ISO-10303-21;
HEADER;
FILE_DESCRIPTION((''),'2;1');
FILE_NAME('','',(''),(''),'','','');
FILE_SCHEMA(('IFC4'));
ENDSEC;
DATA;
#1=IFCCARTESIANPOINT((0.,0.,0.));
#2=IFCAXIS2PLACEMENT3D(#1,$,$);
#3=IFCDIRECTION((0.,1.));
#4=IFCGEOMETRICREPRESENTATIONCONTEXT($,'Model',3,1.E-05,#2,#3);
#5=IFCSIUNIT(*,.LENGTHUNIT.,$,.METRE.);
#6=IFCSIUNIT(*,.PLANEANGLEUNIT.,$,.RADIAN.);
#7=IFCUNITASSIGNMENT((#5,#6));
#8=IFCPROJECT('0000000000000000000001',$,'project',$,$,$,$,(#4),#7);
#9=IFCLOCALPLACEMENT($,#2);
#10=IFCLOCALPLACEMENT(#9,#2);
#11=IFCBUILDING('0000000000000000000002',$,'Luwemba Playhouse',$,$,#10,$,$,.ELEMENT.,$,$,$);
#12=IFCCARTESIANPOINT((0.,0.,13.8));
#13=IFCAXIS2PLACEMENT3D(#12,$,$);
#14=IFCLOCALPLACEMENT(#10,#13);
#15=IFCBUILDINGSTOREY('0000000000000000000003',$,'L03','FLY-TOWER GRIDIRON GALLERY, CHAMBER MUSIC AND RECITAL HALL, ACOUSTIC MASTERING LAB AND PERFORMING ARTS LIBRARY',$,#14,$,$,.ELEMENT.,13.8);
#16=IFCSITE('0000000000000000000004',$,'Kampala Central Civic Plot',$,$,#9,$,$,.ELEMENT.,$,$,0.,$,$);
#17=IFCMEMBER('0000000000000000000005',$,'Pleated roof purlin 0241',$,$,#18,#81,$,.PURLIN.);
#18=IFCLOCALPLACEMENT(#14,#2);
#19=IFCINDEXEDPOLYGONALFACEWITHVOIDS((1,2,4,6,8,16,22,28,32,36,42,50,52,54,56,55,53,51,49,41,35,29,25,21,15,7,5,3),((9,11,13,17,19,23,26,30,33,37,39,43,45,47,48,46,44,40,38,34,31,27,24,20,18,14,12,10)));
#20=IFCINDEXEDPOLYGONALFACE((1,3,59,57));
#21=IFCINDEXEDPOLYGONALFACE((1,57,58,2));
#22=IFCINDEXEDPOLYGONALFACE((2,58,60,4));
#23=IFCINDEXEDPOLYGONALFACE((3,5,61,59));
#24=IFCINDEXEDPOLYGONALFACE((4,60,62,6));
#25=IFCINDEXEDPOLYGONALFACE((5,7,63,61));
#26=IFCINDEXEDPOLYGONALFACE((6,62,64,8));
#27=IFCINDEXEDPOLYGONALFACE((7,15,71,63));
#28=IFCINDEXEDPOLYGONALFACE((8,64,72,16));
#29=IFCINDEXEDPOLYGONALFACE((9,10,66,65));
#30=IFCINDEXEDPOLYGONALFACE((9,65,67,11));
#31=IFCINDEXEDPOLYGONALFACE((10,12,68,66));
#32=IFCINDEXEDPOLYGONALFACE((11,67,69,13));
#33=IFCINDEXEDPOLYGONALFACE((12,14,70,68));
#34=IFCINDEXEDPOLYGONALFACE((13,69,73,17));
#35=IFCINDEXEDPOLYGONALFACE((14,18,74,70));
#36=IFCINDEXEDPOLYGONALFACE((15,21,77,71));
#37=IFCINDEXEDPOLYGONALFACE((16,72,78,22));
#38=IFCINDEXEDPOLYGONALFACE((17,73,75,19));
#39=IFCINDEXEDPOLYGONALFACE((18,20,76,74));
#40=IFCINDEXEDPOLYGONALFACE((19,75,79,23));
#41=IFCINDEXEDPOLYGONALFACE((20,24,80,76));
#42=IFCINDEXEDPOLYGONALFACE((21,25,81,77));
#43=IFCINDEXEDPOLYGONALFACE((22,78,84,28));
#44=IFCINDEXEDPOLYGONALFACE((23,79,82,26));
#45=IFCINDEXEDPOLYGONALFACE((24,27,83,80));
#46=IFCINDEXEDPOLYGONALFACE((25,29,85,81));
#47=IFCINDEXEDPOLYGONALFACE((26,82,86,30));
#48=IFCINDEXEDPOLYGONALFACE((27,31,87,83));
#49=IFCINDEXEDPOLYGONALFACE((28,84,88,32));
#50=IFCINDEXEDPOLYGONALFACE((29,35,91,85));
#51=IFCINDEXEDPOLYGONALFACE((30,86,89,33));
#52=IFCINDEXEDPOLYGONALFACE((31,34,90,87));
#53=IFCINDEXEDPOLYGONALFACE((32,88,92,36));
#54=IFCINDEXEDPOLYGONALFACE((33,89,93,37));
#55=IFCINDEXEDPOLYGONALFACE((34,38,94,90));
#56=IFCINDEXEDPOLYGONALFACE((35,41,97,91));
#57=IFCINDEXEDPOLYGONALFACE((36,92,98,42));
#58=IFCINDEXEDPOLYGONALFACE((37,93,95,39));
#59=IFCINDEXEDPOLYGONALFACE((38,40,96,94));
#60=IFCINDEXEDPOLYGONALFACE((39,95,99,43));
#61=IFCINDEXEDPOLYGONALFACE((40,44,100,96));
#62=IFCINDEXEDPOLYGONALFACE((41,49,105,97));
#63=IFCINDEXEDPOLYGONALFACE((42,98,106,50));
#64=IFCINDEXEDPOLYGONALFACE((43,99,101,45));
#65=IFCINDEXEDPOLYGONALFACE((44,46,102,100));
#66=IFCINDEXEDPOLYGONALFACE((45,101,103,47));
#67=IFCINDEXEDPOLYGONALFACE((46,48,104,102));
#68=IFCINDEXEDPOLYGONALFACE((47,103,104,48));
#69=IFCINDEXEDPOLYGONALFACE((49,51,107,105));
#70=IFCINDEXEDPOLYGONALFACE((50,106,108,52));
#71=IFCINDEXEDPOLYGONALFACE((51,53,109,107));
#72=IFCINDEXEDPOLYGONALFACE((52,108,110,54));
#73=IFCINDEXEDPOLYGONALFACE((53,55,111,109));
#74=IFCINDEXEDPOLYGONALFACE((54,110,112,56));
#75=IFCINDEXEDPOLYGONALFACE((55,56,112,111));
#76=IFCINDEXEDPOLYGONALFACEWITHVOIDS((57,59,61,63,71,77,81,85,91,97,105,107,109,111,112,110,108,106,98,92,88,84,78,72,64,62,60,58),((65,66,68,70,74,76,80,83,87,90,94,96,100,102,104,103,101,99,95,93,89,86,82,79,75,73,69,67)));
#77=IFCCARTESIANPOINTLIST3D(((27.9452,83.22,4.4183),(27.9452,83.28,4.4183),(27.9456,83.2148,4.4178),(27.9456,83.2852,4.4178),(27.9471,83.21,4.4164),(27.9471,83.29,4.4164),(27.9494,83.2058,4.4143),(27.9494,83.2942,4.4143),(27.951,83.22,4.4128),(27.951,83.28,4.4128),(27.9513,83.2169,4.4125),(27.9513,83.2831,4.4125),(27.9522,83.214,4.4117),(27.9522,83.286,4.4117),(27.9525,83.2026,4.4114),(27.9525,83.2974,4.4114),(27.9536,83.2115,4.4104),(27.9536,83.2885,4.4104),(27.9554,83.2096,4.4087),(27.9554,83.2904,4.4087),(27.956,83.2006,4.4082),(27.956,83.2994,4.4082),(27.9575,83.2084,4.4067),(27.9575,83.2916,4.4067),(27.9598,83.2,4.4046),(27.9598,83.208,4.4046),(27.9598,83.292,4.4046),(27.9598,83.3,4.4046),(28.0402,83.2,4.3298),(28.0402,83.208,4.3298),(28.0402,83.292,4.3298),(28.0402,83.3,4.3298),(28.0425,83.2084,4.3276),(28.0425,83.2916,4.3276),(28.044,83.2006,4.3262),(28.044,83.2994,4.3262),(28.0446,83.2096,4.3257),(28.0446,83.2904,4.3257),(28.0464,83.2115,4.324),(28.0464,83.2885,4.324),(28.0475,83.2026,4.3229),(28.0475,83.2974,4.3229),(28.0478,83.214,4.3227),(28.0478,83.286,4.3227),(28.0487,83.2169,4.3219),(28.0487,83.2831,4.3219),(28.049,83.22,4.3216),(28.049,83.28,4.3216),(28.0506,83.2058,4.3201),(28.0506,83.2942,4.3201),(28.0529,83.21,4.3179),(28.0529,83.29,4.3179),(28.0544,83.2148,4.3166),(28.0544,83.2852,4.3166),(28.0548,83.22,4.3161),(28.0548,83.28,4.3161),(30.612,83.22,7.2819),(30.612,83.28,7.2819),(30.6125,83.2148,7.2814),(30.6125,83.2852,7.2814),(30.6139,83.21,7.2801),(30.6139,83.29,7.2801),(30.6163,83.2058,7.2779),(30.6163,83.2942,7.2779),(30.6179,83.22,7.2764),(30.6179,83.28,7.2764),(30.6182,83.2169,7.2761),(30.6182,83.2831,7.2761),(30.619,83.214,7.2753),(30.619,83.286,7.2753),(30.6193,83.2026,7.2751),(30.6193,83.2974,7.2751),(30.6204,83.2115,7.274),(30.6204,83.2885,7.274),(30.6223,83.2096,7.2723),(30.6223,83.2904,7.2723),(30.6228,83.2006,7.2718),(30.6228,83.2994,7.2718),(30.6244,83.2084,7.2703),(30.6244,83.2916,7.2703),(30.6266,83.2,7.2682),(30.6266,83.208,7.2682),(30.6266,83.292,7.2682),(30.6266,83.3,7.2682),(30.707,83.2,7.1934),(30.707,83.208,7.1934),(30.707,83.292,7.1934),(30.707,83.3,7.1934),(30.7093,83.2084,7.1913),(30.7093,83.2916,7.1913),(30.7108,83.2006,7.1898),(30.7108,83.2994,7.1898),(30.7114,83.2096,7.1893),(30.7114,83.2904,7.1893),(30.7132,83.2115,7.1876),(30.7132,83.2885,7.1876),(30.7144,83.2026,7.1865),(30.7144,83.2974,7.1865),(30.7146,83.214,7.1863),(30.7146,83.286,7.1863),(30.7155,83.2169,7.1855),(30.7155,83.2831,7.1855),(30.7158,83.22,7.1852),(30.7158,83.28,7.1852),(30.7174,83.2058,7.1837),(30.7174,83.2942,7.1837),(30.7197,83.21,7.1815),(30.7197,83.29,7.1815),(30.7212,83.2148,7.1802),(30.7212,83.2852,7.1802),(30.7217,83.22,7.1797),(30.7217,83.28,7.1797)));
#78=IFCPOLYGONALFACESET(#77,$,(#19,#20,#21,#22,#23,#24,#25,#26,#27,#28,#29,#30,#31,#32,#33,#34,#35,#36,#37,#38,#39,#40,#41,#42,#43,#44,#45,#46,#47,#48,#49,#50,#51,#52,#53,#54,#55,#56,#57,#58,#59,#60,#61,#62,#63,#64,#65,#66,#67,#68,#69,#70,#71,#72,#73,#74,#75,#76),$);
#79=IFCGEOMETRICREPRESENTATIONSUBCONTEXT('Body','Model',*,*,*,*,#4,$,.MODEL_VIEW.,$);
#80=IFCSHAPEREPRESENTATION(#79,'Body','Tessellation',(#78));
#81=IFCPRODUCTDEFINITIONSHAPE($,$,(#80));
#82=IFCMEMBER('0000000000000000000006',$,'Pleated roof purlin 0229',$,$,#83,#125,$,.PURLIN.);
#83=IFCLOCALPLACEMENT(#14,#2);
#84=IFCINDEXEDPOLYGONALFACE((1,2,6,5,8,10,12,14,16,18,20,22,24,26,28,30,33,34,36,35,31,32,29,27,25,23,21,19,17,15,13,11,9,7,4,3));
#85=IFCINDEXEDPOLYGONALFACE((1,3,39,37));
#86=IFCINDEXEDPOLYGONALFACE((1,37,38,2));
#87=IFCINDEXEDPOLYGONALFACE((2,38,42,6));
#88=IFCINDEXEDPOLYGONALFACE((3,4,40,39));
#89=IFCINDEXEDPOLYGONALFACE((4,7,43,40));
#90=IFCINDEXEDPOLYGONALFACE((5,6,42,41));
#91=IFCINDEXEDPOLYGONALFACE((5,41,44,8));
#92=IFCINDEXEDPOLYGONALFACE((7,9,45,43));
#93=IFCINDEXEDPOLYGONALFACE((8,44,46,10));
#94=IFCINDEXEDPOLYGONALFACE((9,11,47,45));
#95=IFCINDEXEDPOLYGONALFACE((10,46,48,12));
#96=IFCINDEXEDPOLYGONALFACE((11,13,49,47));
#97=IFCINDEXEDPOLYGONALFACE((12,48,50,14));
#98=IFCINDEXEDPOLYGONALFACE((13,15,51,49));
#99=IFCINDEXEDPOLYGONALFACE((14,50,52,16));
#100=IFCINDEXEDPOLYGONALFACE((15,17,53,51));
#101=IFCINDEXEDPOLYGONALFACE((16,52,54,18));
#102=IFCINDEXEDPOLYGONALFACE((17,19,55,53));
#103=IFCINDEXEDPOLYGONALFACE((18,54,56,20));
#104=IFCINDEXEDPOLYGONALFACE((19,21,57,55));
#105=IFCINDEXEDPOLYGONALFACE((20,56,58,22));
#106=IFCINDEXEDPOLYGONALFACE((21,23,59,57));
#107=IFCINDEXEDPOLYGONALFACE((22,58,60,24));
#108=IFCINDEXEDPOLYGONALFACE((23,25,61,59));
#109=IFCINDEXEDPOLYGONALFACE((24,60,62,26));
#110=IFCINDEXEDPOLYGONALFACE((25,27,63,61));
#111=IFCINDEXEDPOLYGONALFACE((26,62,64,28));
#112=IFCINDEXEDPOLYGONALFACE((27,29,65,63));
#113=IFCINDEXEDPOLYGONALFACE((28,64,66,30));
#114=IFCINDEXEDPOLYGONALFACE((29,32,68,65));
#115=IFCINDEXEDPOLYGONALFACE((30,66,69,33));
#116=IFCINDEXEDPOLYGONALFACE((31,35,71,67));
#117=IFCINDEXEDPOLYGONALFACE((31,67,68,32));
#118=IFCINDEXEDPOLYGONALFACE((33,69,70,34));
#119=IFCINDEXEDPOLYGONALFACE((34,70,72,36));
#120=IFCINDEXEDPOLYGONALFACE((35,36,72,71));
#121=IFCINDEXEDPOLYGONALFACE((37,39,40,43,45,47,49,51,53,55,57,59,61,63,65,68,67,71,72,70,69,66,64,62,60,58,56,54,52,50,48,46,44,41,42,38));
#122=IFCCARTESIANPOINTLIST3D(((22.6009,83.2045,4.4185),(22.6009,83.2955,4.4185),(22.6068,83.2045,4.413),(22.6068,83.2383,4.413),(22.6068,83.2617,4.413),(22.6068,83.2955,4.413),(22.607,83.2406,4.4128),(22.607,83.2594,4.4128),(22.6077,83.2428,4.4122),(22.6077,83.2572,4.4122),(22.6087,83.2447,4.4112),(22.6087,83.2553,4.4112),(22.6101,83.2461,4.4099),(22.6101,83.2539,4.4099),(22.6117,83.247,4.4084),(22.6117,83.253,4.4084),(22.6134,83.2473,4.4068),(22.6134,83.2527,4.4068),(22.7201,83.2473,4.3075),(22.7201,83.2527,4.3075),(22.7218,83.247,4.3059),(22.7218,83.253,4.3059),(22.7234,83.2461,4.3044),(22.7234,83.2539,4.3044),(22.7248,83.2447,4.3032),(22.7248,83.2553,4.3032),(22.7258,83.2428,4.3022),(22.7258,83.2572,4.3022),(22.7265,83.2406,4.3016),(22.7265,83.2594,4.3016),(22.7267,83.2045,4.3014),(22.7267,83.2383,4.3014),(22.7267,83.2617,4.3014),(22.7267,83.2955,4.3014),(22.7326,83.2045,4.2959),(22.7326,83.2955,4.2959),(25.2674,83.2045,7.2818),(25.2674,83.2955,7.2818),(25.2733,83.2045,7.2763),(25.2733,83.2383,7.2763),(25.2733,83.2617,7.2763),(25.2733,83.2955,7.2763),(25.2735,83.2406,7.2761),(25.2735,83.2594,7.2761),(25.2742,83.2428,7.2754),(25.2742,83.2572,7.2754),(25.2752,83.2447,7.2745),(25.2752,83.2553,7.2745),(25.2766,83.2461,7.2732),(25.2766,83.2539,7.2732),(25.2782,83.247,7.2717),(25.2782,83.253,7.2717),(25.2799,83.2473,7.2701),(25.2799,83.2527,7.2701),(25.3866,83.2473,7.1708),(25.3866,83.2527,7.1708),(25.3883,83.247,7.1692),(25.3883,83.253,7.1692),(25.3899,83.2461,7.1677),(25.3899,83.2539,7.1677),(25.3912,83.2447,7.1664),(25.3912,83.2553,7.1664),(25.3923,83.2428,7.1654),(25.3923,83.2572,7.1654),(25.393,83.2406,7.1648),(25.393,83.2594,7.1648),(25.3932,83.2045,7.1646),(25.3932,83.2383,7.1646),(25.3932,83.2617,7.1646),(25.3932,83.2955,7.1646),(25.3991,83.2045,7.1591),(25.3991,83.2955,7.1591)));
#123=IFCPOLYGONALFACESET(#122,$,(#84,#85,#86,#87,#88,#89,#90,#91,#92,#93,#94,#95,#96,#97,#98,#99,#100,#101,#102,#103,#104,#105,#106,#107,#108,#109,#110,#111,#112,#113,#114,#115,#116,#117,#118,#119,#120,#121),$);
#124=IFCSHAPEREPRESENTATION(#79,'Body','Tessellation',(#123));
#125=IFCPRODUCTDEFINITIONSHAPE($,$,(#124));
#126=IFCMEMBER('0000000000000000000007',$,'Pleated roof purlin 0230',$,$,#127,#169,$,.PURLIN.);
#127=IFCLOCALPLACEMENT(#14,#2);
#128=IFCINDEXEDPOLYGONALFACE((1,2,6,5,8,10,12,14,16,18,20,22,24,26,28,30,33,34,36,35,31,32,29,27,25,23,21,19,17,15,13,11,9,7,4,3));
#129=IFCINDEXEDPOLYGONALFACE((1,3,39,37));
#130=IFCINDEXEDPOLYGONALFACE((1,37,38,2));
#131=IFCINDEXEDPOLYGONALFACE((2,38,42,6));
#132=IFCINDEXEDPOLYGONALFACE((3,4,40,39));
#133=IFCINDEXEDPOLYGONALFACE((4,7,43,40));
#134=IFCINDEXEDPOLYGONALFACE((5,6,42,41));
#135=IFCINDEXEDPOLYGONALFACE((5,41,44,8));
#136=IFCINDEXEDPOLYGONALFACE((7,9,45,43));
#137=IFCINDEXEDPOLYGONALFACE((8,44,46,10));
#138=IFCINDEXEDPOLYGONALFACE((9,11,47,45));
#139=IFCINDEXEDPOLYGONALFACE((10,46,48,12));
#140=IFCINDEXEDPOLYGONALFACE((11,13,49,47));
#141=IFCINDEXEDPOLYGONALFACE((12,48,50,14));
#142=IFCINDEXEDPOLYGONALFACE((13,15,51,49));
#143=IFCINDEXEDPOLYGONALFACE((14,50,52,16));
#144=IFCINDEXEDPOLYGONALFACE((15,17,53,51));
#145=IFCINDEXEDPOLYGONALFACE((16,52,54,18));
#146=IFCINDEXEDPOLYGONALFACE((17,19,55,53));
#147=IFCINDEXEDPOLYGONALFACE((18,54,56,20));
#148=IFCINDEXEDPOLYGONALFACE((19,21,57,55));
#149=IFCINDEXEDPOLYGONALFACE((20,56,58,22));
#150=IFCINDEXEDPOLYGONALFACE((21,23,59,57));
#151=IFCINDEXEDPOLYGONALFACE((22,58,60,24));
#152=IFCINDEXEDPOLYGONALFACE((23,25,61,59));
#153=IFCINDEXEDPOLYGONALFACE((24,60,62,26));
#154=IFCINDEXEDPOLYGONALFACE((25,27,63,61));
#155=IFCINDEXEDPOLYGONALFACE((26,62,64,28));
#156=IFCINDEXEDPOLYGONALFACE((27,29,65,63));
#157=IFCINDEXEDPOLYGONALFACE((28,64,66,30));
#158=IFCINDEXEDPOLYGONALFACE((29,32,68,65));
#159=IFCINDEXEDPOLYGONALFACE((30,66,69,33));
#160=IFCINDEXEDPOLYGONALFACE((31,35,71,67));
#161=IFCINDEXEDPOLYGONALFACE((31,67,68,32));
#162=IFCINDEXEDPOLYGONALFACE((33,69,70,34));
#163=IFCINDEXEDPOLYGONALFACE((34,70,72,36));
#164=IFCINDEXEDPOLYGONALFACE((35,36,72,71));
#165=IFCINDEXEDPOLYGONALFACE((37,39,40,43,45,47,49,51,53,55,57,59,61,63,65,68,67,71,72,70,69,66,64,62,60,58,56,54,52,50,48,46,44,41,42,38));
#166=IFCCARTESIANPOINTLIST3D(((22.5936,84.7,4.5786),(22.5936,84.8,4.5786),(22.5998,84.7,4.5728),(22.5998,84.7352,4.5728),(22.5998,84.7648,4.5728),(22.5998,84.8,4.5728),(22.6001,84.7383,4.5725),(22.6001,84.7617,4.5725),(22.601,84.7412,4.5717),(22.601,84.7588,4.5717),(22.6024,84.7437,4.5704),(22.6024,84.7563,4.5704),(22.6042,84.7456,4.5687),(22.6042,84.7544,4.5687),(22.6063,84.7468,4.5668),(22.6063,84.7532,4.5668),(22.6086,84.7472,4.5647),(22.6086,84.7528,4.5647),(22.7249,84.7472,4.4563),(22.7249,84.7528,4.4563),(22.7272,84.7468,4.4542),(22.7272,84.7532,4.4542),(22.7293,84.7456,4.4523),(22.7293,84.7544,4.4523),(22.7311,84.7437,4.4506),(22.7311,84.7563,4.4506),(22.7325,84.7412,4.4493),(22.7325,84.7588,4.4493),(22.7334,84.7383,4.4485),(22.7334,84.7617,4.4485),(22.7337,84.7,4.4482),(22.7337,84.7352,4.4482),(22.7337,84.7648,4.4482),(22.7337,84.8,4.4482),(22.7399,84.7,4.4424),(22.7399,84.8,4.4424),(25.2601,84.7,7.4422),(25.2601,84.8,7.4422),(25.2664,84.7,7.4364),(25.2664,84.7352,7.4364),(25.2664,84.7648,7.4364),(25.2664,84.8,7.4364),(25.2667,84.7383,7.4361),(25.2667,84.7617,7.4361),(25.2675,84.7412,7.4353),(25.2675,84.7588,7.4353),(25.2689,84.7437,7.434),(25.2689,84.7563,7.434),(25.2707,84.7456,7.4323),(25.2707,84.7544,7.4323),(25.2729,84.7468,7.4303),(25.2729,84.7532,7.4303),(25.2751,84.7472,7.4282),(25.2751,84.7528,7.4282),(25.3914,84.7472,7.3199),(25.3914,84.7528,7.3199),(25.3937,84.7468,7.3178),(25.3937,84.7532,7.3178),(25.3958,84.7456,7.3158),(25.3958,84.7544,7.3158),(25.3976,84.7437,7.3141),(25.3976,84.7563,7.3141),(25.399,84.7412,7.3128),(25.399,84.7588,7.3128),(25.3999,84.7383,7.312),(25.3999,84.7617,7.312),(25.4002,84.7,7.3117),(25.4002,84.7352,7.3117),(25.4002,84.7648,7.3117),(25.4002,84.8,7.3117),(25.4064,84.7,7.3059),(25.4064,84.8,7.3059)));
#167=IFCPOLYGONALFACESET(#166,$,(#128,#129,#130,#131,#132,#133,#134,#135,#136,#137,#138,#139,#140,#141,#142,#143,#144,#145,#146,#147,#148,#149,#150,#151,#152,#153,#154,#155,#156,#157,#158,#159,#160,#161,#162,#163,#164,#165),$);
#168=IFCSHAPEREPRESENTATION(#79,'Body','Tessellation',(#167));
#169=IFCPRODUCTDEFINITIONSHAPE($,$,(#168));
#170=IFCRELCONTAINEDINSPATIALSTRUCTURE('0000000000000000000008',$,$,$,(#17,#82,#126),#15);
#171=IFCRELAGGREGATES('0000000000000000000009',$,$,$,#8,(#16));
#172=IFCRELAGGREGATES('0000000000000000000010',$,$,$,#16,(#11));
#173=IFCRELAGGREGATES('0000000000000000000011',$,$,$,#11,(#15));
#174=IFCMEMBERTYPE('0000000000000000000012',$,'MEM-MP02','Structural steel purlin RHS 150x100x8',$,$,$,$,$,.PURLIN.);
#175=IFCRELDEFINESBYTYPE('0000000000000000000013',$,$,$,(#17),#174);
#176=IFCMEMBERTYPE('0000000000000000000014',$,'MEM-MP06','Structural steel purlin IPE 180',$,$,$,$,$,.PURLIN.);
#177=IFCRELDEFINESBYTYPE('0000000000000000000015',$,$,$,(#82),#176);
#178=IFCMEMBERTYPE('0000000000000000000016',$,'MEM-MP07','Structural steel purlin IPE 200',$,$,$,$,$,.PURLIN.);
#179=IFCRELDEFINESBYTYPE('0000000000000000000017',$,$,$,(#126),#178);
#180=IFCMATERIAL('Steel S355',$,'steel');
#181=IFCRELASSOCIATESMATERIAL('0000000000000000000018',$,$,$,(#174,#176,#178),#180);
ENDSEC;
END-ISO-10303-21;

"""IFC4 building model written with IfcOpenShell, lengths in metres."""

from ifc_helpers import new_model, si_unit, direction, frame, origin, origin_2d, place, context, subcontext, project, spatial, hollow_rectangle, i_section, extrude, material, material_profile, profile_set, type_object, element, save


model = new_model("IFC4")

# Units and contexts
model_context = context("Model", 3, precision=1e-05, world=origin(), true_north=direction((0.0, 1.0)))
body_context = subcontext(model_context, "Body", "Model", "MODEL_VIEW")
ifc_project = project(units=[si_unit("LENGTHUNIT", "METRE"), si_unit("PLANEANGLEUNIT", "RADIAN")], contexts=[model_context])

# Site, building, storey
site_placement = place(None, origin())
site = spatial("IfcSite", under=ifc_project, at=site_placement, Name="Kampala Central Civic Plot", CompositionType="ELEMENT", RefElevation=0.0)
building_placement = place(site_placement, origin())
building = spatial("IfcBuilding", under=site, at=building_placement, Name="Luwemba Playhouse", CompositionType="ELEMENT")
storey_placement = place(building_placement, frame((0.0, 0.0, 13.8)))
storey = spatial("IfcBuildingStorey", under=building, at=storey_placement, Name="L03", Description="FLY-TOWER GRIDIRON GALLERY, CHAMBER MUSIC AND RECITAL HALL, ACOUSTIC MASTERING LAB AND PERFORMING ARTS LIBRARY", CompositionType="ELEMENT", Elevation=13.8)

# Shared definitions
ifc_material_1 = material(Name="Steel S355", Category="steel")

# Members
ifc_material_profile_1 = material_profile(ifc_material_1, hollow_rectangle(XDim=0.1001, YDim=0.1499, WallThickness=0.0081, InnerFilletRadius=0.012, OuterFilletRadius=0.02, at=origin_2d()))
ifc_profile_set_1 = profile_set([ifc_material_profile_1], Name="Steel S355")
member_type_1 = type_object("IfcMemberType", Name="MEM-MP02", Description="Structural steel purlin RHS 150x100x8", PredefinedType="PURLIN", material=ifc_profile_set_1)
member_1_placement = place(storey_placement, frame((28.0, 83.25, 4.3672), z_axis=(0.681515, 0.0, 0.731804), x_axis=(0.0, 1.0, 0.0)))
element("IfcMember", 1, at=member_1_placement, inside=storey, type_object=member_type_1, Name="Pleated roof purlin 0241", PredefinedType="PURLIN", context=body_context, shape_type="SweptSolid", body=[
    extrude(hollow_rectangle(XDim=0.1001, YDim=0.1499, WallThickness=0.0081, InnerFilletRadius=0.012, OuterFilletRadius=0.02, at=origin_2d()), origin(), (0.0, 0.0, 1.0), 3.9131),
])
ifc_material_profile_2 = material_profile(ifc_material_1, i_section(OverallWidth=0.0911, OverallDepth=0.1799, WebThickness=0.0054, FlangeThickness=0.0081, FilletRadius=0.009, at=origin_2d()))
ifc_profile_set_2 = profile_set([ifc_material_profile_2], Name="Steel S355")
member_type_2 = type_object("IfcMemberType", Name="MEM-MP06", Description="Structural steel purlin IPE 180", PredefinedType="PURLIN", material=ifc_profile_set_2)
member_2_placement = place(storey_placement, frame((22.6667, 83.25, 4.3572), z_axis=(0.681513, 0.0, 0.731806), x_axis=(0.0, 1.0, 0.0)))
element("IfcMember", 2, at=member_2_placement, inside=storey, type_object=member_type_2, Name="Pleated roof purlin 0229", PredefinedType="PURLIN", context=body_context, shape_type="SweptSolid", body=[
    extrude(i_section(OverallWidth=0.0911, OverallDepth=0.1799, WebThickness=0.0054, FlangeThickness=0.0081, FilletRadius=0.009, at=origin_2d()), origin(), (0.0, 0.0, 1.0), 3.9126),
])
ifc_material_profile_3 = material_profile(ifc_material_1, i_section(OverallWidth=0.1001, OverallDepth=0.2, WebThickness=0.0056, FlangeThickness=0.0085, FilletRadius=0.012, at=origin_2d()))
ifc_profile_set_3 = profile_set([ifc_material_profile_3], Name="Steel S355")
member_type_3 = type_object("IfcMemberType", Name="MEM-MP07", Description="Structural steel purlin IPE 200", PredefinedType="PURLIN", material=ifc_profile_set_3)
member_3_placement = place(storey_placement, frame((22.6667, 84.75, 4.5105), z_axis=(0.681482, 0.0, 0.731835), x_axis=(0.0, 1.0, 0.0)))
element("IfcMember", 3, at=member_3_placement, inside=storey, type_object=member_type_3, Name="Pleated roof purlin 0230", PredefinedType="PURLIN", context=body_context, shape_type="SweptSolid", body=[
    extrude(i_section(OverallWidth=0.1001, OverallDepth=0.2, WebThickness=0.0056, FlangeThickness=0.0085, FilletRadius=0.012, at=origin_2d()), origin(), (0.0, 0.0, 1.0), 3.9128),
])

save(model, "model.ifc")
